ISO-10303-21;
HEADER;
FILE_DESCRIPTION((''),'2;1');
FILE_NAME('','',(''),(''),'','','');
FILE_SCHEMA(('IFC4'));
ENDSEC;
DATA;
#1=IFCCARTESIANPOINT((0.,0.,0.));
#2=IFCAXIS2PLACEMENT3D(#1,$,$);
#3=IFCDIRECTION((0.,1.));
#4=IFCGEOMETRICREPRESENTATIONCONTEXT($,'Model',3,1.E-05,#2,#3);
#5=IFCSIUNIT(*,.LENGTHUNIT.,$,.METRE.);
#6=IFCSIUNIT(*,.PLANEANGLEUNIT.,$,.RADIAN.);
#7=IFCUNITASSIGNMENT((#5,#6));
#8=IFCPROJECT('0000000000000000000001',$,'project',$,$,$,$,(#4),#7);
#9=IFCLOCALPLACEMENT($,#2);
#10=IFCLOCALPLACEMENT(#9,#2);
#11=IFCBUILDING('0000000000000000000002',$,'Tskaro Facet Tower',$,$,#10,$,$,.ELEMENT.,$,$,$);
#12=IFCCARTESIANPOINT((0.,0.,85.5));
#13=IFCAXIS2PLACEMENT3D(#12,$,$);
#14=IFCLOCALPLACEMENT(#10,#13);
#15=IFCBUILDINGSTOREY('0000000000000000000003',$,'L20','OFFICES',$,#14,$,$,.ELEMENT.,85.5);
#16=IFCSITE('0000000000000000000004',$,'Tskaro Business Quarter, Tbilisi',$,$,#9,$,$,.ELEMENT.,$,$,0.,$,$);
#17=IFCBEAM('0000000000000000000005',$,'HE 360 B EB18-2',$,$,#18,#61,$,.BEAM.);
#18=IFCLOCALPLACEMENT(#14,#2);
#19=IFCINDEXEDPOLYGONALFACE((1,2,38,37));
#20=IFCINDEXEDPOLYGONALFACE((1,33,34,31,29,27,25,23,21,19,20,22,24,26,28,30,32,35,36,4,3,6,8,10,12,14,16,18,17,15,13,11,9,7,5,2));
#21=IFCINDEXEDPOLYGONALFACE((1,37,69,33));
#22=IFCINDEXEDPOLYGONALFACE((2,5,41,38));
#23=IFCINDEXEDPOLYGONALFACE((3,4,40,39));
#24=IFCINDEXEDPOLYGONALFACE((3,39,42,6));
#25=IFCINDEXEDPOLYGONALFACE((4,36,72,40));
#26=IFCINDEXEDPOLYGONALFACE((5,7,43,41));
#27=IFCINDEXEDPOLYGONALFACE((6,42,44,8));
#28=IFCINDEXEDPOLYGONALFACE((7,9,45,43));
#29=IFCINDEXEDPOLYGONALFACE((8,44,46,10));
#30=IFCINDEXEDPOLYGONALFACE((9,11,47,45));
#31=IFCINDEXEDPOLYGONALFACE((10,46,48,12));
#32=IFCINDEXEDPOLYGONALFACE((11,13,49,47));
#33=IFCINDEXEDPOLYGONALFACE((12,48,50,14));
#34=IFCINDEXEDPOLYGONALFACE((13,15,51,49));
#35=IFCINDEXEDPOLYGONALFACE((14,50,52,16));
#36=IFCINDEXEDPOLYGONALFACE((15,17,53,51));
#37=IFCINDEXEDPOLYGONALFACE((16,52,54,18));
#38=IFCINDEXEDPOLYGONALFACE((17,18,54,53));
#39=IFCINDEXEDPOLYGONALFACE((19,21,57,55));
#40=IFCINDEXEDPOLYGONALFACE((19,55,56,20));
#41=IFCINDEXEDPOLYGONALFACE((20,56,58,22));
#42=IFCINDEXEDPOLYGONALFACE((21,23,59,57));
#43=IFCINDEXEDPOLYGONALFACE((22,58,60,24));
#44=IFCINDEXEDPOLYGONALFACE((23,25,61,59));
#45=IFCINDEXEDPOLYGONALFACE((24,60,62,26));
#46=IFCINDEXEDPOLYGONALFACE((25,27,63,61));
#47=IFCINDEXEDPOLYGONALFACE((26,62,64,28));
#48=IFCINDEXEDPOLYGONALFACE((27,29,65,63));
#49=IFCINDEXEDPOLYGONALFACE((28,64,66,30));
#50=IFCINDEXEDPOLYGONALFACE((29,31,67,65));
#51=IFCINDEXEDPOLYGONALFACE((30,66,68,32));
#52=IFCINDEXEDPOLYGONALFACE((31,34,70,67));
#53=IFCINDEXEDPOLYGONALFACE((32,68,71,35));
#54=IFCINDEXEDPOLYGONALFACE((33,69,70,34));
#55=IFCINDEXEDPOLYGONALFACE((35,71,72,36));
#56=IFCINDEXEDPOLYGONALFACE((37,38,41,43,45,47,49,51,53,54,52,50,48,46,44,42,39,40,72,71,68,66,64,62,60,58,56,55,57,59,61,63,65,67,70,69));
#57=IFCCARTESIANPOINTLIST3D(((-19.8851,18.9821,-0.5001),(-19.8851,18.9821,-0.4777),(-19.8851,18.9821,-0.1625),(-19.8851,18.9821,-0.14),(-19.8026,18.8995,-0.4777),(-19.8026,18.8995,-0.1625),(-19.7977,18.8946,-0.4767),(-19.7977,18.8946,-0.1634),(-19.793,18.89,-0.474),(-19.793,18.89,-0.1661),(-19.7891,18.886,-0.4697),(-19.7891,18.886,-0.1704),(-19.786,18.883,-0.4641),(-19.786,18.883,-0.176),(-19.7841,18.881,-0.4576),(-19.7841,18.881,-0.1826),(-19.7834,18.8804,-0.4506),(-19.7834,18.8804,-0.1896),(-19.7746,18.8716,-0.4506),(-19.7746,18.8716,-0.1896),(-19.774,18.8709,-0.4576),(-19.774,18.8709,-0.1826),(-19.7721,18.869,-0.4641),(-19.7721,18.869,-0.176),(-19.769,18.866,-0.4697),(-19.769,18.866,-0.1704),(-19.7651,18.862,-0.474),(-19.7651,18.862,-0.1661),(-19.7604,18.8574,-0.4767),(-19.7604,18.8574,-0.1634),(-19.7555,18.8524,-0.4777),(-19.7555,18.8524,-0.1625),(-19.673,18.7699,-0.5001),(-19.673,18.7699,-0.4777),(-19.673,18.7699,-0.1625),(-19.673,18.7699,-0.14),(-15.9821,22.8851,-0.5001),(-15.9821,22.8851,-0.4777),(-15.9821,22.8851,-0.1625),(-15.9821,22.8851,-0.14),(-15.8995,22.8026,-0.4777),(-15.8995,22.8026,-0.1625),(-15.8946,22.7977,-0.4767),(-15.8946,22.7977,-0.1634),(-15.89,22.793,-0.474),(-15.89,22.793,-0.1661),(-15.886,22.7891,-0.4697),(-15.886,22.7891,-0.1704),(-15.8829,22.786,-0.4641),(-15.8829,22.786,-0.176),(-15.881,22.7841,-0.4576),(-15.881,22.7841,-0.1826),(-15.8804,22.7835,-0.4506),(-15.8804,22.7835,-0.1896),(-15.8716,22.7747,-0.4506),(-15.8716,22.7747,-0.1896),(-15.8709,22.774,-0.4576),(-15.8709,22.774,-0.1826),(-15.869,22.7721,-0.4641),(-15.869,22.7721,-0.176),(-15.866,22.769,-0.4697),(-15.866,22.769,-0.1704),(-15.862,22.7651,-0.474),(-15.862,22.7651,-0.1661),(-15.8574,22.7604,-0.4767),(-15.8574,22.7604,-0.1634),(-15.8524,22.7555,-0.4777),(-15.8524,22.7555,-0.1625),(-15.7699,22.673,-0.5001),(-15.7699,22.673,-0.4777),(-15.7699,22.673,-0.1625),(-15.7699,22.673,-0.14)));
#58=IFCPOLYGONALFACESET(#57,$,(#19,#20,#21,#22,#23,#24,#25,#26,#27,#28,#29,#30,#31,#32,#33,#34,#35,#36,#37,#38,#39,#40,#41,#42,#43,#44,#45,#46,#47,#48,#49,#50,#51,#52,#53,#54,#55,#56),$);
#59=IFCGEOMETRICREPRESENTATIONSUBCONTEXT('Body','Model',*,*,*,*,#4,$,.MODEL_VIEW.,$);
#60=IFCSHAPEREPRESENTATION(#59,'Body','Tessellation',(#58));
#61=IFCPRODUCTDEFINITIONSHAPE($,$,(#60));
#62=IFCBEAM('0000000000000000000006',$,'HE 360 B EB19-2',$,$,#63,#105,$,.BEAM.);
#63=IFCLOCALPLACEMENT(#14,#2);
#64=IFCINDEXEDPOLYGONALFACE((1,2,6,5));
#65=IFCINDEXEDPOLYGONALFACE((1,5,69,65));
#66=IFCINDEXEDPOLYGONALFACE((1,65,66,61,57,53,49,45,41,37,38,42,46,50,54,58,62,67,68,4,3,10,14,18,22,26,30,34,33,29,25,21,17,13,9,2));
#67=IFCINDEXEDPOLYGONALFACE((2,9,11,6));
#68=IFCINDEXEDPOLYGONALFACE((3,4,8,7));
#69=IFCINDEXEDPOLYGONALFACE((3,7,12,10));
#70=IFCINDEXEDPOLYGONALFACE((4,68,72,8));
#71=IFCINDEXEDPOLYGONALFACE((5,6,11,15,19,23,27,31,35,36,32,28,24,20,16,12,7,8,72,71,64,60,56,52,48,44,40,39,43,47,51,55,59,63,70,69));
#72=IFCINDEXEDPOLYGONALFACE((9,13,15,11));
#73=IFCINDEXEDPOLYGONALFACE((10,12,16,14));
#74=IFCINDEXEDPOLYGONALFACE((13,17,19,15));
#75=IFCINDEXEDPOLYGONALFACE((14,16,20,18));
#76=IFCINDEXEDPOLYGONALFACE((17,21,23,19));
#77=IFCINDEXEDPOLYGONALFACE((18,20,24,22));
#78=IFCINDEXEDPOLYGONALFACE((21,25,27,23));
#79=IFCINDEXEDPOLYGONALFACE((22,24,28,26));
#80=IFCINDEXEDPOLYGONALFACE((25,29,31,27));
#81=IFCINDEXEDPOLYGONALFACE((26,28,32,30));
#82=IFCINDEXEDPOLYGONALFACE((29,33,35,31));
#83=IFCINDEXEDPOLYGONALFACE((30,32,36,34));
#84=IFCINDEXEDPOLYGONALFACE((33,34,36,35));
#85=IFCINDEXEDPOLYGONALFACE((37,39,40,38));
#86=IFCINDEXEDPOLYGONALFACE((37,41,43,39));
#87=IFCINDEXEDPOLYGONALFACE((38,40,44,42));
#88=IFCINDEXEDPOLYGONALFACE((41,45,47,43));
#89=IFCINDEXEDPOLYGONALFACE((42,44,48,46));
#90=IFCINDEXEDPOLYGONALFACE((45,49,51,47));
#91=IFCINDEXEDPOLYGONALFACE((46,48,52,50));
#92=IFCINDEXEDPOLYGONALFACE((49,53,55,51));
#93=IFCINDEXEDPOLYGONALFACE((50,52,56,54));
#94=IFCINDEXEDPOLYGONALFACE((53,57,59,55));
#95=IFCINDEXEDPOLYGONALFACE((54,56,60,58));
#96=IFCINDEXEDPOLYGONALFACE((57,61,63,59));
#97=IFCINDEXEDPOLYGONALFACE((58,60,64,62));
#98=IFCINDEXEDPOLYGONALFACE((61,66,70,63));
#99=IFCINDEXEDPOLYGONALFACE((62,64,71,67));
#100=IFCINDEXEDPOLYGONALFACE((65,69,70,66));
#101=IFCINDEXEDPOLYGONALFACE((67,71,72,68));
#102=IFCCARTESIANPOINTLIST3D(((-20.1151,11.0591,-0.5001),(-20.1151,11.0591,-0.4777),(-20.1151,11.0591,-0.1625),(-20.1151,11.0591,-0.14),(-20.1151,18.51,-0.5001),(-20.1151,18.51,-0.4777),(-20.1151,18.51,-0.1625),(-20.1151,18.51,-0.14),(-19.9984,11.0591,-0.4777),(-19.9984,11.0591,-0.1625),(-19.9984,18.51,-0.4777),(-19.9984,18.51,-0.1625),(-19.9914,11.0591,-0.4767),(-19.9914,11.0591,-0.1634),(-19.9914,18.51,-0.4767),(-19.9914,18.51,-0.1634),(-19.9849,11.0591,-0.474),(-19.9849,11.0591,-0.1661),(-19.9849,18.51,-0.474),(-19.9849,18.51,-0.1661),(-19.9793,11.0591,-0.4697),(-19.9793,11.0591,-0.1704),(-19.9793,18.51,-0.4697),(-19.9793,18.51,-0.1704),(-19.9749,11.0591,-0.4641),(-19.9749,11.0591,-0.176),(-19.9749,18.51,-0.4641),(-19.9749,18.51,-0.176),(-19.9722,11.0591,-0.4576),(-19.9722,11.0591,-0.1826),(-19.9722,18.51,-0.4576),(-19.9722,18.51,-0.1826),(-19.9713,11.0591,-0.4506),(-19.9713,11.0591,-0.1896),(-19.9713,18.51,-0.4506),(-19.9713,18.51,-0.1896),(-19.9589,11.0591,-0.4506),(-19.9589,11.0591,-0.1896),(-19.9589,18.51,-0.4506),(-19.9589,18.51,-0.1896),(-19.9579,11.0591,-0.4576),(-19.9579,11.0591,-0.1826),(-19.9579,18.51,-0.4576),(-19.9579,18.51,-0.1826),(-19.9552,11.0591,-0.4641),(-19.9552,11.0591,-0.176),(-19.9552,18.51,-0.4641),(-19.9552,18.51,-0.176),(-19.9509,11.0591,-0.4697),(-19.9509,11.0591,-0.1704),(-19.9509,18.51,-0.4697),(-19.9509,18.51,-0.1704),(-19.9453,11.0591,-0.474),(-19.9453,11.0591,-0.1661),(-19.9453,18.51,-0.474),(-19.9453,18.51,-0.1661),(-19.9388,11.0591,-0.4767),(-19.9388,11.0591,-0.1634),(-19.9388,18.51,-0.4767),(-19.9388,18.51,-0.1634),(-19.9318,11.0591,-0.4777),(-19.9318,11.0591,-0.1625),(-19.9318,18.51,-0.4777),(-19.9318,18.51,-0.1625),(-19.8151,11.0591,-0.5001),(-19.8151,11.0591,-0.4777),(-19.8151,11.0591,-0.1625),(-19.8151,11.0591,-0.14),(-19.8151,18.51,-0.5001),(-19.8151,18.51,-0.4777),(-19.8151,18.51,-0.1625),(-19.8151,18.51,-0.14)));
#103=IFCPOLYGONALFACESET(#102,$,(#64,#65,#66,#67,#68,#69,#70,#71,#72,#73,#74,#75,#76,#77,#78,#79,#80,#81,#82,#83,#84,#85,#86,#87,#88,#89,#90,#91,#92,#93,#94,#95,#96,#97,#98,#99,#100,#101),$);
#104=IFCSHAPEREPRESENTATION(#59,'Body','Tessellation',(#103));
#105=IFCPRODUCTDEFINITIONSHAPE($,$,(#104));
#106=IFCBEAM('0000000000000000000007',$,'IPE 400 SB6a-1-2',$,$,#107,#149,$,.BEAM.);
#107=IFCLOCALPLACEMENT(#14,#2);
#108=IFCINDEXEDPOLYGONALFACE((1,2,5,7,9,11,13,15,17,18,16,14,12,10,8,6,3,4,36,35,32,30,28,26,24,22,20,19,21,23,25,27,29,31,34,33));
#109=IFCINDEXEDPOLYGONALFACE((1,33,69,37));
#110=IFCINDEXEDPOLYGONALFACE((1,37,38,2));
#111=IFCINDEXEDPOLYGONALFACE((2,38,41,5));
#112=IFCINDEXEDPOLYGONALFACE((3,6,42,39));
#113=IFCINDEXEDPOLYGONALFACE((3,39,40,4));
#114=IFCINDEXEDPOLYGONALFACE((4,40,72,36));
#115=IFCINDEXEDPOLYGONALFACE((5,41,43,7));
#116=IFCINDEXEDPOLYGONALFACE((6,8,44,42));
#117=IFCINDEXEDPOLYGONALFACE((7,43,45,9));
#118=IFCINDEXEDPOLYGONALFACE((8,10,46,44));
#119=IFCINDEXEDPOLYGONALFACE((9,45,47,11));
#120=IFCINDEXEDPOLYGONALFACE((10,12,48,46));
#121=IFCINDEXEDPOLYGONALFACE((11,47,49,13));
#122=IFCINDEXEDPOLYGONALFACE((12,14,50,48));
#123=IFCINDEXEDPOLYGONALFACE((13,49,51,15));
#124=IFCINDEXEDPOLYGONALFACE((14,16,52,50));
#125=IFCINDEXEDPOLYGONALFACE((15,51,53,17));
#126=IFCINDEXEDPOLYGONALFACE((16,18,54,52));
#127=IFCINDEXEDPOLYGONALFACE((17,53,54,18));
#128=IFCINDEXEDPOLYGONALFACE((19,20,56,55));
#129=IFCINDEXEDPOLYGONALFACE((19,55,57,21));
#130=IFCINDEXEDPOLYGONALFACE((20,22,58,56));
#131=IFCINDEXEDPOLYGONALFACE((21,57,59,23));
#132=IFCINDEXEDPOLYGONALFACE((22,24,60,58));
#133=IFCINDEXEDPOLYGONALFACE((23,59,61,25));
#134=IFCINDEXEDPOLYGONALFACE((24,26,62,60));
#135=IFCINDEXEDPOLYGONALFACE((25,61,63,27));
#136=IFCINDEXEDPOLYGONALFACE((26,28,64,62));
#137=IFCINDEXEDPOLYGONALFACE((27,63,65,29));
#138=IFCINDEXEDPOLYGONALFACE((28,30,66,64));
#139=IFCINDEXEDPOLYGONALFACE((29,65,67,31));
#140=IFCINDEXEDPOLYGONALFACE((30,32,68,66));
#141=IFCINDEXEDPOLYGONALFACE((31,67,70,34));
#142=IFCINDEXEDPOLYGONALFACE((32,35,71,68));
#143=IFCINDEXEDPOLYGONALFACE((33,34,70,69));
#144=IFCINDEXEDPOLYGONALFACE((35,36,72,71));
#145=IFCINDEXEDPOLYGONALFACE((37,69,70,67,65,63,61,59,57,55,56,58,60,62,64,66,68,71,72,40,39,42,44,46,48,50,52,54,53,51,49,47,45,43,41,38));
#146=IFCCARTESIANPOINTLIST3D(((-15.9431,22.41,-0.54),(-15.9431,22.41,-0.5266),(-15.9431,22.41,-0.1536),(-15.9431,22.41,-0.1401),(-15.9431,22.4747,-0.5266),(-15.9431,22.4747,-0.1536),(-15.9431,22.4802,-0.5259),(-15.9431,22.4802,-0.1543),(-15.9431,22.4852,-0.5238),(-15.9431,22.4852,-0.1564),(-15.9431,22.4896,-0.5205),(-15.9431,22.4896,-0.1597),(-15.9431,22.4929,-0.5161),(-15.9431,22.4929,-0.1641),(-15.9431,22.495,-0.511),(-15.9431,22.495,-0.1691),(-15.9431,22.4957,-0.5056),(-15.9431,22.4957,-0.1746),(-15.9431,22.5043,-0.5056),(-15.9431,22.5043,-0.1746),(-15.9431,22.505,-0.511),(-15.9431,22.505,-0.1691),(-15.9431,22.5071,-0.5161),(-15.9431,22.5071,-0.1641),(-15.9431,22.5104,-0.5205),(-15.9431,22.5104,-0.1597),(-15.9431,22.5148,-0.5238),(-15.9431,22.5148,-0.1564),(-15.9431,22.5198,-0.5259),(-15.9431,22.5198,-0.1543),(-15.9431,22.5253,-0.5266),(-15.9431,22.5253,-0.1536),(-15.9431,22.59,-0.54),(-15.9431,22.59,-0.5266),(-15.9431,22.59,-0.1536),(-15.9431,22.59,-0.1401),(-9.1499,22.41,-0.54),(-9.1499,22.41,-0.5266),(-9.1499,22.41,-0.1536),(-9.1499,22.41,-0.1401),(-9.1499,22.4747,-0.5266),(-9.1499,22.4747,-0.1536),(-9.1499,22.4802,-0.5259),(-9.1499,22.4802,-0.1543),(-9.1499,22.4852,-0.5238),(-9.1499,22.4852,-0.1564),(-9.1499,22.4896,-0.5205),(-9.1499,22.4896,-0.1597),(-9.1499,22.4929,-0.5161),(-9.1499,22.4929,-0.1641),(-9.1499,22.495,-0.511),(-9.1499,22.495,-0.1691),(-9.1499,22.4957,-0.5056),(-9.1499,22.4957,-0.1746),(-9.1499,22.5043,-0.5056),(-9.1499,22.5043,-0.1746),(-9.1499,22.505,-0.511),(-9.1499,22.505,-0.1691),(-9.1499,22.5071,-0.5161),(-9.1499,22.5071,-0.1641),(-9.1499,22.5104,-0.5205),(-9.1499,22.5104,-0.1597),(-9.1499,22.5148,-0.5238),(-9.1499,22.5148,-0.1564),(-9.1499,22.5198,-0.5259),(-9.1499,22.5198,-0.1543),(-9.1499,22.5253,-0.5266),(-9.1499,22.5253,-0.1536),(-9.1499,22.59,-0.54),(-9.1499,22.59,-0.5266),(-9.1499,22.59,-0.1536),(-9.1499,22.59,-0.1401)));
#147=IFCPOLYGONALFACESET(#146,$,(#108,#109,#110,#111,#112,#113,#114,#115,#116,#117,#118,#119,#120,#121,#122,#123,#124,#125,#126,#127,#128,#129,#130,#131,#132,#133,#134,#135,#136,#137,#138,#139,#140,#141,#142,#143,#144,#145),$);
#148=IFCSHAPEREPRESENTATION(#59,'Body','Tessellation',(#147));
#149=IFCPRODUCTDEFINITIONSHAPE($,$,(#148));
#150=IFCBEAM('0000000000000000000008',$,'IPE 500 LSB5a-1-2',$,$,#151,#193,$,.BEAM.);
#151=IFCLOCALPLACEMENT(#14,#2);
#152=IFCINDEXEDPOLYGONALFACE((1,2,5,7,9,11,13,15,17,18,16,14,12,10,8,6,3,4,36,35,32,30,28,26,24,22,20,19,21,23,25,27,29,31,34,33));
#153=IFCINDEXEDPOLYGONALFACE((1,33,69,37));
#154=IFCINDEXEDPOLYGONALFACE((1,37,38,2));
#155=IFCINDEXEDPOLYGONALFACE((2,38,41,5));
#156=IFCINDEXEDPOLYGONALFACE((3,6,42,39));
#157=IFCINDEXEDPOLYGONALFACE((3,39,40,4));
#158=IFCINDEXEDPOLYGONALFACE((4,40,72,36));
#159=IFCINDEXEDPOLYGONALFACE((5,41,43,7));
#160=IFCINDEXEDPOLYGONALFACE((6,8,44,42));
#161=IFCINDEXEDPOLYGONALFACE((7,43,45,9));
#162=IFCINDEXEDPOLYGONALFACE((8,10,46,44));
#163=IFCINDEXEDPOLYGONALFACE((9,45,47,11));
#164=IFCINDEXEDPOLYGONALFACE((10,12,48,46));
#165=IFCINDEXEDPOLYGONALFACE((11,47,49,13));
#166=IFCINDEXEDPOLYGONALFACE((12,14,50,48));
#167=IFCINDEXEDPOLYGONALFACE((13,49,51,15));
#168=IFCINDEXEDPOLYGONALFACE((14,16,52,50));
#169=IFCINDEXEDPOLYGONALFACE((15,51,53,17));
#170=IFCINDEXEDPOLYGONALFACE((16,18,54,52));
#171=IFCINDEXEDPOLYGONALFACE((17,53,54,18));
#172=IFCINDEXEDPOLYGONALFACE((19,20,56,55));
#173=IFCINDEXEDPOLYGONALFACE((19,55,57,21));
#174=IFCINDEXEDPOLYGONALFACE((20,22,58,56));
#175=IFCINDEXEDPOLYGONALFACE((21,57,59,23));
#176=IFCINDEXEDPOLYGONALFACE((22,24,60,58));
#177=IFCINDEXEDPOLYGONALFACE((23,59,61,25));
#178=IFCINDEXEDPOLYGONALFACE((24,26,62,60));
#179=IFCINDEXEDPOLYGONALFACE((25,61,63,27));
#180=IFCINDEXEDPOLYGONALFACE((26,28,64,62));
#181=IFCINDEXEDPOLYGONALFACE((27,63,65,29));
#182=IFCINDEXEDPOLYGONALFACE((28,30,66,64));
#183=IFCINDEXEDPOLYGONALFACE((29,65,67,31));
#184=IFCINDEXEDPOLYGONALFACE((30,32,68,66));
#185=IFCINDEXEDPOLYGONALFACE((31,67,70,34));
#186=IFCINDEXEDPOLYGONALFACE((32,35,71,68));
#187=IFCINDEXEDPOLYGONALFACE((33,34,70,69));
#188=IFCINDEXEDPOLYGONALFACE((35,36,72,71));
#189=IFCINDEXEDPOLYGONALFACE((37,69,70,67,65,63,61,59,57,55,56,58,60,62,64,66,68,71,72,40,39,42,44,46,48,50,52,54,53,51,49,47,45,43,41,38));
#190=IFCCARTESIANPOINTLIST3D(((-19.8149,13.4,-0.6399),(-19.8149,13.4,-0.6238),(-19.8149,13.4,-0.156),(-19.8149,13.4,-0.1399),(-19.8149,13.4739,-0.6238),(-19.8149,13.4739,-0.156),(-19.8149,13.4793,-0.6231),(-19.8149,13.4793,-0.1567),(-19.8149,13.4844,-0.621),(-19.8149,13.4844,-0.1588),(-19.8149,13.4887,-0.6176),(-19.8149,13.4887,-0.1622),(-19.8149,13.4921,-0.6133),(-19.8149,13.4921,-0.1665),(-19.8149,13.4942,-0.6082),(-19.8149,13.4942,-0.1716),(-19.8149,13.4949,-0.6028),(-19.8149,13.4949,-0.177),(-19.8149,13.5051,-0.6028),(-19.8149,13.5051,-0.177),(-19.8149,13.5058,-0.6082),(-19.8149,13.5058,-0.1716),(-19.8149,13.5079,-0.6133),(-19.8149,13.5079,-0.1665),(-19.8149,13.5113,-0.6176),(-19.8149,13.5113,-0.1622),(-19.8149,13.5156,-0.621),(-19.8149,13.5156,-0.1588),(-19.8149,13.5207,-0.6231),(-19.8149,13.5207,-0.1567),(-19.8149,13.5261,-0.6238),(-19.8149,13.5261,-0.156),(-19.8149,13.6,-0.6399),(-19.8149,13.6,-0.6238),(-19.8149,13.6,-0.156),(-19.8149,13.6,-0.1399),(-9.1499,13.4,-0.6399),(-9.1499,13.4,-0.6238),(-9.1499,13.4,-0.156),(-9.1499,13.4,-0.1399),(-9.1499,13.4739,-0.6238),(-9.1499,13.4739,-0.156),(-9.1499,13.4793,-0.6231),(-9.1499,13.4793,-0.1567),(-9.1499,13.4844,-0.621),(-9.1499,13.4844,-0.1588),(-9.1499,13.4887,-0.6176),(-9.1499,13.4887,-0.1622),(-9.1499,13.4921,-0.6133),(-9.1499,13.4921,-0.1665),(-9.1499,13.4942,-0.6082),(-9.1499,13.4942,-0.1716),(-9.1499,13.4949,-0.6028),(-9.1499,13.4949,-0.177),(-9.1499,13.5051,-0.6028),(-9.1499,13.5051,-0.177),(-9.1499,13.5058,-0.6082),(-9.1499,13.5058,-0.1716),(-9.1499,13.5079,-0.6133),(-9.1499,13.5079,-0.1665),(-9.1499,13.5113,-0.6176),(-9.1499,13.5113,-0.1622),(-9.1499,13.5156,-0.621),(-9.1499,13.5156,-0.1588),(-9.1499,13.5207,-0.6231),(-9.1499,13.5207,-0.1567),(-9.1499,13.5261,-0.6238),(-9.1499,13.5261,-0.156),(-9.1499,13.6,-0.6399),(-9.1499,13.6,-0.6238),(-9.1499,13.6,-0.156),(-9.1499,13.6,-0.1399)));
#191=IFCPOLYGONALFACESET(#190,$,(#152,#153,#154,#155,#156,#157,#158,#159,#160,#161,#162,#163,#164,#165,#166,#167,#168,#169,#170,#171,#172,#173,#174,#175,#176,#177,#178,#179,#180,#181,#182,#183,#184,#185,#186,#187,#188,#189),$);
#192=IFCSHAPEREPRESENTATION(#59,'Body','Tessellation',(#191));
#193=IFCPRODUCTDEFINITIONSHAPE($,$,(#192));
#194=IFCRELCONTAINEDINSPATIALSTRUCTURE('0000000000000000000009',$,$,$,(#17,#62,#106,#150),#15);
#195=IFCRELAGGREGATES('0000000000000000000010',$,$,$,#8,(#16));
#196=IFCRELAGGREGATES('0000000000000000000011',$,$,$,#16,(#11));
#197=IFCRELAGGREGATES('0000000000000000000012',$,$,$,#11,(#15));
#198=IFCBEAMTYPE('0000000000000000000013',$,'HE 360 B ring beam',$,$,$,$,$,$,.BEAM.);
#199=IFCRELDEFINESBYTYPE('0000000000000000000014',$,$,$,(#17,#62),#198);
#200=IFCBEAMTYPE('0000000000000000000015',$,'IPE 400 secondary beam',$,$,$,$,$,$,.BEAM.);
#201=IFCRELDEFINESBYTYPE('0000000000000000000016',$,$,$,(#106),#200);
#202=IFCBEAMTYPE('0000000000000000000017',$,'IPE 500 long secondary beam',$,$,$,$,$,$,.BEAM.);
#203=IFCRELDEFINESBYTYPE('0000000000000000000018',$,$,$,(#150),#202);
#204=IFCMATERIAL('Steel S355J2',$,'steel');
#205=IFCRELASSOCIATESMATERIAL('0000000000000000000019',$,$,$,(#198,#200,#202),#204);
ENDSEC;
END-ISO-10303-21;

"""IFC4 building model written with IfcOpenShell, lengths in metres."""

from ifc_helpers import new_model, si_unit, direction, frame, origin, origin_2d, place, context, subcontext, project, spatial, i_section, extrude, material, material_profile, profile_set, type_object, element, save


model = new_model("IFC4")

# Units and contexts
model_context = context("Model", 3, precision=1e-05, world=origin(), true_north=direction((0.0, 1.0)))
body_context = subcontext(model_context, "Body", "Model", "MODEL_VIEW")
ifc_project = project(units=[si_unit("LENGTHUNIT", "METRE"), si_unit("PLANEANGLEUNIT", "RADIAN")], contexts=[model_context])

# Site, building, storey
site_placement = place(None, origin())
site = spatial("IfcSite", under=ifc_project, at=site_placement, Name="Tskaro Business Quarter, Tbilisi", CompositionType="ELEMENT", RefElevation=0.0)
building_placement = place(site_placement, origin())
building = spatial("IfcBuilding", under=site, at=building_placement, Name="Tskaro Facet Tower", CompositionType="ELEMENT")
storey_placement = place(building_placement, frame((0.0, 0.0, 85.5)))
storey = spatial("IfcBuildingStorey", under=building, at=storey_placement, Name="L20", Description="OFFICES", CompositionType="ELEMENT", Elevation=85.5)

# Beams
ifc_material_1 = material(Name="Steel S355J2", Category="steel")
ifc_material_profile_1 = material_profile(ifc_material_1, i_section(OverallWidth=0.3, OverallDepth=0.3601, WebThickness=0.0125, FlangeThickness=0.0225, FilletRadius=0.0271, at=origin_2d()), Name="HE 360 B")
ifc_profile_set_1 = profile_set([ifc_material_profile_1], Name="Steel S355J2")
beam_type_1 = type_object("IfcBeamType", Name="HE 360 B ring beam", PredefinedType="BEAM", material=ifc_profile_set_1)
beam_1_placement = place(storey_placement, frame((-15.876, 22.7791, -0.3201), z_axis=(-0.707107, -0.707107, 0.0), x_axis=(0.707107, -0.707107, 0.0)))
element("IfcBeam", 1, at=beam_1_placement, inside=storey, type_object=beam_type_1, Name="HE 360 B EB18-2", PredefinedType="BEAM", context=body_context, shape_type="SweptSolid", body=[
    extrude(i_section(OverallWidth=0.3, OverallDepth=0.3601, WebThickness=0.0125, FlangeThickness=0.0225, FilletRadius=0.0271, at=origin_2d()), origin(), (0.0, 0.0, 1.0), 5.5198),
])
beam_2_placement = place(storey_placement, frame((-19.9651, 18.51, -0.3201), z_axis=(0.0, -1.0, 0.0), x_axis=(1.0, 0.0, 0.0)))
element("IfcBeam", 2, at=beam_2_placement, inside=storey, type_object=beam_type_1, Name="HE 360 B EB19-2", PredefinedType="BEAM", context=body_context, shape_type="SweptSolid", body=[
    extrude(i_section(OverallWidth=0.3, OverallDepth=0.3601, WebThickness=0.0125, FlangeThickness=0.0225, FilletRadius=0.0271, at=origin_2d()), origin(), (0.0, 0.0, 1.0), 7.4509),
])
ifc_material_profile_2 = material_profile(ifc_material_1, i_section(OverallWidth=0.1799, OverallDepth=0.3999, WebThickness=0.0085, FlangeThickness=0.0134, FilletRadius=0.021, at=origin_2d()), Name="IPE 400")
ifc_profile_set_2 = profile_set([ifc_material_profile_2], Name="Steel S355J2")
beam_type_2 = type_object("IfcBeamType", Name="IPE 400 secondary beam", PredefinedType="BEAM", material=ifc_profile_set_2)
beam_3_placement = place(storey_placement, frame((-15.9431, 22.5, -0.3401), z_axis=(1.0, 0.0, 0.0), x_axis=(0.0, 1.0, 0.0)))
element("IfcBeam", 3, at=beam_3_placement, inside=storey, type_object=beam_type_2, Name="IPE 400 SB6a-1-2", PredefinedType="BEAM", context=body_context, shape_type="SweptSolid", body=[
    extrude(i_section(OverallWidth=0.1799, OverallDepth=0.3999, WebThickness=0.0085, FlangeThickness=0.0134, FilletRadius=0.021, at=origin_2d()), origin(), (0.0, 0.0, 1.0), 6.7932),
])
ifc_material_profile_3 = material_profile(ifc_material_1, i_section(OverallWidth=0.2, OverallDepth=0.5, WebThickness=0.0103, FlangeThickness=0.0161, FilletRadius=0.021, at=origin_2d()), Name="IPE 500")
ifc_profile_set_3 = profile_set([ifc_material_profile_3], Name="Steel S355J2")
beam_type_3 = type_object("IfcBeamType", Name="IPE 500 long secondary beam", PredefinedType="BEAM", material=ifc_profile_set_3)
beam_4_placement = place(storey_placement, frame((-19.8149, 13.5, -0.3899), z_axis=(1.0, 0.0, 0.0), x_axis=(0.0, 1.0, 0.0)))
element("IfcBeam", 4, at=beam_4_placement, inside=storey, type_object=beam_type_3, Name="IPE 500 LSB5a-1-2", PredefinedType="BEAM", context=body_context, shape_type="SweptSolid", body=[
    extrude(i_section(OverallWidth=0.2, OverallDepth=0.5, WebThickness=0.0103, FlangeThickness=0.0161, FilletRadius=0.021, at=origin_2d()), origin(), (0.0, 0.0, 1.0), 10.665),
])

save(model, "model.ifc")
